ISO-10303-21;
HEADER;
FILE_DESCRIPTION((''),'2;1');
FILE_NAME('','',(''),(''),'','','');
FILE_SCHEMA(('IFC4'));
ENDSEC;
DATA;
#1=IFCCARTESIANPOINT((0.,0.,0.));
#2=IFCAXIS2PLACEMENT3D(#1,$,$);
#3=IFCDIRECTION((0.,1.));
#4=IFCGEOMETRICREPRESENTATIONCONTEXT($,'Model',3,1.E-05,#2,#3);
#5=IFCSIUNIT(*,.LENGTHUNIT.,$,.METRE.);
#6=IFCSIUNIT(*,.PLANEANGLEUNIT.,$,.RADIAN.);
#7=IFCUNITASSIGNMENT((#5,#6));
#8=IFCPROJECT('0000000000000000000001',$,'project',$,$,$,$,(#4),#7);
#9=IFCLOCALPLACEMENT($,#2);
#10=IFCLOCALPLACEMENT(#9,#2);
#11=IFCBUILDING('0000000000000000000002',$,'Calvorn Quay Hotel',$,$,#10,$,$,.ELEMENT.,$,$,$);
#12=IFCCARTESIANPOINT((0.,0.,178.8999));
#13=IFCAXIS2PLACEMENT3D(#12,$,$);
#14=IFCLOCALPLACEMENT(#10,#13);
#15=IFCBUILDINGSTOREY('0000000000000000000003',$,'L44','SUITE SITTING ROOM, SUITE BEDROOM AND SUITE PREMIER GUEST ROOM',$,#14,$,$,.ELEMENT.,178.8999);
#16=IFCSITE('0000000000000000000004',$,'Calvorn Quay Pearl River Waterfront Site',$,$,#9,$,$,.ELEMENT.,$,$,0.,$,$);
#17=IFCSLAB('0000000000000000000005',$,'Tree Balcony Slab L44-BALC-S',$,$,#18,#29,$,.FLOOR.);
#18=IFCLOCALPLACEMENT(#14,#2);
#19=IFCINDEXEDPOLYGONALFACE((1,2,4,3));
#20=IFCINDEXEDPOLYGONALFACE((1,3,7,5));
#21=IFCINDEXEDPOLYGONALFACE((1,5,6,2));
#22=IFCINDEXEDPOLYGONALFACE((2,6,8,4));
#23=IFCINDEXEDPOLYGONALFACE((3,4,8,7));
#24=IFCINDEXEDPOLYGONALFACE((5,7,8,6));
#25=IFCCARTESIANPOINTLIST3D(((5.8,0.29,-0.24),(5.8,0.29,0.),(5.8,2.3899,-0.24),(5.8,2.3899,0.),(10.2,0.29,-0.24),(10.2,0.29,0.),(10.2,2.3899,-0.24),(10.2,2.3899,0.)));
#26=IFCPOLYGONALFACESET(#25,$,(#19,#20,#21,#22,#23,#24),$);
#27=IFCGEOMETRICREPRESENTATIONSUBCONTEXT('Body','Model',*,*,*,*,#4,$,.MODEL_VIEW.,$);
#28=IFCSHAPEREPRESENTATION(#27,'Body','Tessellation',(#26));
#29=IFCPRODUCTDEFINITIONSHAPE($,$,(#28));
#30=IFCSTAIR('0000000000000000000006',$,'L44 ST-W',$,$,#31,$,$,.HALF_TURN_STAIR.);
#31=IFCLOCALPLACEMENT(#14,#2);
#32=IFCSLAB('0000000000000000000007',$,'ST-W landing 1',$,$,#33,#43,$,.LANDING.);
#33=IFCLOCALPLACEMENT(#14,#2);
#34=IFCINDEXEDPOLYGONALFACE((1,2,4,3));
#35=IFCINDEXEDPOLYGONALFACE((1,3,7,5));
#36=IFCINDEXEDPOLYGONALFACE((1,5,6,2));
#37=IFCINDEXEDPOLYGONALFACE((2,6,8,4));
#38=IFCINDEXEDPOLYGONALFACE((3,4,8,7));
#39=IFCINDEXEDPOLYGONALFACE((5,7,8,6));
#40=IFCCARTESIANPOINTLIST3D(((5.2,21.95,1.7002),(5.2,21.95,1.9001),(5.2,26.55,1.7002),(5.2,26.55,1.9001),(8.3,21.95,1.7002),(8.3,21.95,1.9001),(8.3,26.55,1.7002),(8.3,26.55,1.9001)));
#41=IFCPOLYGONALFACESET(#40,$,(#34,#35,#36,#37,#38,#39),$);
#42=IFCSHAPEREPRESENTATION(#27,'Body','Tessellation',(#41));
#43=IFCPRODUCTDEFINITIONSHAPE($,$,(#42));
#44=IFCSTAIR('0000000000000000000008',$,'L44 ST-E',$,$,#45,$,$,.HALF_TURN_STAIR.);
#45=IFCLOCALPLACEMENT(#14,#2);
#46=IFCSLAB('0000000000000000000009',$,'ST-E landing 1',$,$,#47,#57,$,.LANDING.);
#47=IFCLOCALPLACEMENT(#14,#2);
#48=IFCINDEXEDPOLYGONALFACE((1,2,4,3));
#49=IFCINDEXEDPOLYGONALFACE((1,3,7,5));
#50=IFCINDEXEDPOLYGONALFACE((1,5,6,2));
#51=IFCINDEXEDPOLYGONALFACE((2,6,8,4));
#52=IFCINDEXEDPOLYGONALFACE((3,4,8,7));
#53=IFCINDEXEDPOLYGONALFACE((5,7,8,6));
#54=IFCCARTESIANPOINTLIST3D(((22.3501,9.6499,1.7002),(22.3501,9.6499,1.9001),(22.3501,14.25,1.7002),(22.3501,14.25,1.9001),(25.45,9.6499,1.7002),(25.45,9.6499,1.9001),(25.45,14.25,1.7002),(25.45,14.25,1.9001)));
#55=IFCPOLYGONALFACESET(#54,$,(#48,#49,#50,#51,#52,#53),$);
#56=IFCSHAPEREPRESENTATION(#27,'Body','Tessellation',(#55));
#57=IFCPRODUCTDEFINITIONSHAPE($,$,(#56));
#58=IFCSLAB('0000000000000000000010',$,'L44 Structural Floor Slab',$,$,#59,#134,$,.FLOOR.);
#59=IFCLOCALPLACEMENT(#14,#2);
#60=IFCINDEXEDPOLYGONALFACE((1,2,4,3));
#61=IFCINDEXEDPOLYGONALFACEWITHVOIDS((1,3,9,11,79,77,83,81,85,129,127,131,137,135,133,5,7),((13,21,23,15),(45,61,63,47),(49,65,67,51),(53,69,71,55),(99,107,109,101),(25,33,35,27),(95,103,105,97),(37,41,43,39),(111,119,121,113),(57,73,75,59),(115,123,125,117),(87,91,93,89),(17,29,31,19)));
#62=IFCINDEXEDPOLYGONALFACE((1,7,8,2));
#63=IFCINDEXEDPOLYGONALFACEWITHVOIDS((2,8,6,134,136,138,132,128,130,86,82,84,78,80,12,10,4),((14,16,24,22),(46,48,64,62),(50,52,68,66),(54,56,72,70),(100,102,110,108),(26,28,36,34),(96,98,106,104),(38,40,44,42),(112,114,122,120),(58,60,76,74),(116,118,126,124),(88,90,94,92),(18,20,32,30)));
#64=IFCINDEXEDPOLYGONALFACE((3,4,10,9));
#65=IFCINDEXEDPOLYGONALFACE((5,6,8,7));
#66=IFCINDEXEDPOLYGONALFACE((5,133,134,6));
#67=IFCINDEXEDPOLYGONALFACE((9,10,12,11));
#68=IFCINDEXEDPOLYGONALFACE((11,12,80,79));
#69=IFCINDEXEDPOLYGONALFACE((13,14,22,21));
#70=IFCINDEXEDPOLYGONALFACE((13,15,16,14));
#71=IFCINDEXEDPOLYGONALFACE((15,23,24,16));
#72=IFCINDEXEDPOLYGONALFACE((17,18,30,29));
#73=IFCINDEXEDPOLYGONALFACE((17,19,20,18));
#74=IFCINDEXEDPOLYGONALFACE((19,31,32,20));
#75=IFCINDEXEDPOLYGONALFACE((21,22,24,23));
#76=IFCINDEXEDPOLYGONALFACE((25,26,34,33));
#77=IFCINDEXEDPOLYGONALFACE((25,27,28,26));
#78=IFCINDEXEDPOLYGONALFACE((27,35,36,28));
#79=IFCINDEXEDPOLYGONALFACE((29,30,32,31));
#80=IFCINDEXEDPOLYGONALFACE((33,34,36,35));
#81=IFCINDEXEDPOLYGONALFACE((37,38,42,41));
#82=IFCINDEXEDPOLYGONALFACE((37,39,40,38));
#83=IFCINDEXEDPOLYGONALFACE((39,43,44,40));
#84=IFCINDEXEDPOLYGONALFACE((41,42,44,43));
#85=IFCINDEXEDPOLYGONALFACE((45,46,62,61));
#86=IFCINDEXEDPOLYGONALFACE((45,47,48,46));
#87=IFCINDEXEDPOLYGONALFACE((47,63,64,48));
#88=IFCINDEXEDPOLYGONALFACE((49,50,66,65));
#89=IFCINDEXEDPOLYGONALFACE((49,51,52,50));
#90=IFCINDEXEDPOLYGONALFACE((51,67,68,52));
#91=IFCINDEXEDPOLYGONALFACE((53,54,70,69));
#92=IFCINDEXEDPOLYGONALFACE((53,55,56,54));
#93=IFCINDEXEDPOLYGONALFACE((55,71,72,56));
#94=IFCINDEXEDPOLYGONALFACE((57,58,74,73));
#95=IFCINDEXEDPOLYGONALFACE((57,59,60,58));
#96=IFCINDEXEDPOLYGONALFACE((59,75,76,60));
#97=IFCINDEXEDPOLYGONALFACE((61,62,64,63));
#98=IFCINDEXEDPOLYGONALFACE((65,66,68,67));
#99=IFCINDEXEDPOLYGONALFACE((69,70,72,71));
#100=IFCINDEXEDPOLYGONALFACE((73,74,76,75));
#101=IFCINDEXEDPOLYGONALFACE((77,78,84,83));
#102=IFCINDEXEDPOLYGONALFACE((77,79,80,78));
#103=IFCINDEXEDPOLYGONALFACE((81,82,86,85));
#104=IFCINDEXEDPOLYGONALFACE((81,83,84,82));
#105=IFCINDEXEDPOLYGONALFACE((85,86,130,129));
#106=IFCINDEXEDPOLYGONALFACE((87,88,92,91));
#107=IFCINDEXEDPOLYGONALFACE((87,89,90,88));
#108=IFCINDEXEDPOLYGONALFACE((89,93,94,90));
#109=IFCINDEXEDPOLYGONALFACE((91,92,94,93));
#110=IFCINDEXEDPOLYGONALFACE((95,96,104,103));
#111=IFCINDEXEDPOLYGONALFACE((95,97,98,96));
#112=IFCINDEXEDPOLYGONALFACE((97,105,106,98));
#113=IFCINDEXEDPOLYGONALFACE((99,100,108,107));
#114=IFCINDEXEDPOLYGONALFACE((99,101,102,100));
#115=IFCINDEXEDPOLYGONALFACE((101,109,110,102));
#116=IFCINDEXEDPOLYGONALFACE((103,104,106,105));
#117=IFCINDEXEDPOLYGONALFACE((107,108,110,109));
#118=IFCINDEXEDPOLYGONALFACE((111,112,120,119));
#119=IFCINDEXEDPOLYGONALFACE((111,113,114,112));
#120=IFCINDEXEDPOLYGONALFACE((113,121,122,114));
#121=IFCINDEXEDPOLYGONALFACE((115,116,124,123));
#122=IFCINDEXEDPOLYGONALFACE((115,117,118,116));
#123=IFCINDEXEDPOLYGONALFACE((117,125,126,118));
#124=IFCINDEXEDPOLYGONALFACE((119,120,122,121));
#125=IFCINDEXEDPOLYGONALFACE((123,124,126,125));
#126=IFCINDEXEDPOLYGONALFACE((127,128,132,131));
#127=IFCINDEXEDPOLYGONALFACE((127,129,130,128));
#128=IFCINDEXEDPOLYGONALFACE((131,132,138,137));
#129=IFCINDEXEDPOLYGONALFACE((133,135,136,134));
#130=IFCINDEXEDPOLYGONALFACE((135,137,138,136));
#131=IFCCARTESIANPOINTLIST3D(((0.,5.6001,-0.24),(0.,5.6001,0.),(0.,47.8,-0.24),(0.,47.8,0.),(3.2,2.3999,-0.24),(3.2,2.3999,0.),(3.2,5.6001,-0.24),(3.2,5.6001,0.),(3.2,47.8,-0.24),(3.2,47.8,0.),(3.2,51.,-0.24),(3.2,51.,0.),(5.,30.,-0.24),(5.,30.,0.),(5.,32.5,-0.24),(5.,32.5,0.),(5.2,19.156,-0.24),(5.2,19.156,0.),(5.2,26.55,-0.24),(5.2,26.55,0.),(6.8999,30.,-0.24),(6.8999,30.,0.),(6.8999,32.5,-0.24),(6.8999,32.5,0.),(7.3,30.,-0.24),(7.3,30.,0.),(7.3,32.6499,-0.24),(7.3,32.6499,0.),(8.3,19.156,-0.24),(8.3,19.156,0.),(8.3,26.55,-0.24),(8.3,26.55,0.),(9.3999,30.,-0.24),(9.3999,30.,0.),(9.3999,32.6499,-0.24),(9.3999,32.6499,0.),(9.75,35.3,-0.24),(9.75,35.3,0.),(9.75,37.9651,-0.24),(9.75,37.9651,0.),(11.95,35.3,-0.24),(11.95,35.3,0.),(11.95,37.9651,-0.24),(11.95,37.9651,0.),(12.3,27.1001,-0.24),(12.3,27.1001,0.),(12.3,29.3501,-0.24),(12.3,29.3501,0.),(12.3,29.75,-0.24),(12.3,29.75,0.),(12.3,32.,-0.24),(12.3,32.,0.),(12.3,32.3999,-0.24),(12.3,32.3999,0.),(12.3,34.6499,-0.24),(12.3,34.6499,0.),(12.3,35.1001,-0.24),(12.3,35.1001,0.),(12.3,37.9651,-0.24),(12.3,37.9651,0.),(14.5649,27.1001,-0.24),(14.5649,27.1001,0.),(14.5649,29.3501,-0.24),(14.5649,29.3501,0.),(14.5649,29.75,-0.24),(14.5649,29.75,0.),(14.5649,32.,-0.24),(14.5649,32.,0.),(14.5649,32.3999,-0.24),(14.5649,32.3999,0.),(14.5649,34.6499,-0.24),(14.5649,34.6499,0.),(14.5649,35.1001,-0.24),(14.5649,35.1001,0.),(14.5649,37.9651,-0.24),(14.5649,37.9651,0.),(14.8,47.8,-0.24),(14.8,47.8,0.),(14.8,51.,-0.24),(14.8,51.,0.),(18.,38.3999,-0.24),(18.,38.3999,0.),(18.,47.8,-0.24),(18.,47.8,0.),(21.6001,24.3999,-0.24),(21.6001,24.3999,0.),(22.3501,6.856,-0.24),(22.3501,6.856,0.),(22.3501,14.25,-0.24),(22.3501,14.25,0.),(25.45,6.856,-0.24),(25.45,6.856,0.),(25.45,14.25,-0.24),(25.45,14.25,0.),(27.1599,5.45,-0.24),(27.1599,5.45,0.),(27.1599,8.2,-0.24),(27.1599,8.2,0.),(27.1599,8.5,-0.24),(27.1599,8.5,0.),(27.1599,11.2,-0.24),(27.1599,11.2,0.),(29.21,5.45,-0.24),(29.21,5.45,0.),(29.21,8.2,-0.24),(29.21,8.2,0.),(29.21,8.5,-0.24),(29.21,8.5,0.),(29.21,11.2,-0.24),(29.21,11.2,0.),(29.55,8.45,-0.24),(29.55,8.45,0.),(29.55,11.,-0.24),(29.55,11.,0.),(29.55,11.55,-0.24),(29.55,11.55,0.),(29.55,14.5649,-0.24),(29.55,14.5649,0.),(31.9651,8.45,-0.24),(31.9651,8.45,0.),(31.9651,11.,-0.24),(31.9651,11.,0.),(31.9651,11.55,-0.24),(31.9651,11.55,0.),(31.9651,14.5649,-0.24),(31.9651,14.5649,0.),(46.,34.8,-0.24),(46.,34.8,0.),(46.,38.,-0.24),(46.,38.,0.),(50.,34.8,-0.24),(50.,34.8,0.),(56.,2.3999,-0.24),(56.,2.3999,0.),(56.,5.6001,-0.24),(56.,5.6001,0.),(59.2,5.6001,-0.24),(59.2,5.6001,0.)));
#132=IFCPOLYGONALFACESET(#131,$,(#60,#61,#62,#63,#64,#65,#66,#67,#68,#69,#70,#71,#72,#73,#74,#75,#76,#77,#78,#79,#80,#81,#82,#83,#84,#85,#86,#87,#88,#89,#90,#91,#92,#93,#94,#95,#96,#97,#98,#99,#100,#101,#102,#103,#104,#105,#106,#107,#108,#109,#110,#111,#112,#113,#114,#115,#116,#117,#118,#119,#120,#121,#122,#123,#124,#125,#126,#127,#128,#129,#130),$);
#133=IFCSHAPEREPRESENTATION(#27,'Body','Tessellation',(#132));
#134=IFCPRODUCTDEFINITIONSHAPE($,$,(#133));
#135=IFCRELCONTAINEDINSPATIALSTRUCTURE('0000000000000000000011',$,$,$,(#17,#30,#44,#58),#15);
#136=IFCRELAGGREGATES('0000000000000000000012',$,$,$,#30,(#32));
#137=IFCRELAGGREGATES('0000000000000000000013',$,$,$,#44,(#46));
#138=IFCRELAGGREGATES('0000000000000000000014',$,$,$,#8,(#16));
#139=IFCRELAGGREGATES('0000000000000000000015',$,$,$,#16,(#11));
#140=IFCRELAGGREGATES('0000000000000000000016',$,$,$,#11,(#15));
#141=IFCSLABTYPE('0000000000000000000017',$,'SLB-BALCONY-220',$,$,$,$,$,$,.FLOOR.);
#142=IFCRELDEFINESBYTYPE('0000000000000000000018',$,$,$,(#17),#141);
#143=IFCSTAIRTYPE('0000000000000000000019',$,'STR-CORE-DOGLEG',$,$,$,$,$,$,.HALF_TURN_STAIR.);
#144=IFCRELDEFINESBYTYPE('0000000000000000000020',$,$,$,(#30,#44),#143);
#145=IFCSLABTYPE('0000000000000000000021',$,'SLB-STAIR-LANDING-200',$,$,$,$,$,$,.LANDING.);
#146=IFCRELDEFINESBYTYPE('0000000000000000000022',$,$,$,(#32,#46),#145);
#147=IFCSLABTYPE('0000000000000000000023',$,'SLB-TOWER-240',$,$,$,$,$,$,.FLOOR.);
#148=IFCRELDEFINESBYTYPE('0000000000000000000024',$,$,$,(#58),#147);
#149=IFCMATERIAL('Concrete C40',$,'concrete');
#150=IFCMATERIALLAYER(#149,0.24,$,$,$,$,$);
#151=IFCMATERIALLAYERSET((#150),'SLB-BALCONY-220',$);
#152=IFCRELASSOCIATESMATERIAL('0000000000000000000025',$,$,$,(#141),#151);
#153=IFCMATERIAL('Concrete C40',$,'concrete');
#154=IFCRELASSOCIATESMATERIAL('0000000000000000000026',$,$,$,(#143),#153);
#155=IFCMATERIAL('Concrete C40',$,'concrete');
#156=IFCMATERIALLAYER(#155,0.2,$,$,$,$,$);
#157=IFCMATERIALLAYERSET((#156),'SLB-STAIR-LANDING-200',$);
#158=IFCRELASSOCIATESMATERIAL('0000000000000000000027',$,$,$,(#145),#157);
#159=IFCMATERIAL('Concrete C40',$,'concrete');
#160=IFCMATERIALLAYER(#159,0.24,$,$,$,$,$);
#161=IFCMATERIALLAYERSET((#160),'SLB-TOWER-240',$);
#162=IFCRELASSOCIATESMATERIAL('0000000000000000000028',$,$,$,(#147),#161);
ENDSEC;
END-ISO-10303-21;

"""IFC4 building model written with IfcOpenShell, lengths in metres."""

from ifc_helpers import new_model, si_unit, direction, frame, origin, place, context, subcontext, project, spatial, polyline, outline, extrude, material, layer, layer_set, type_object, element, aggregate, save


model = new_model("IFC4")

# Units and contexts
model_context = context("Model", 3, precision=1e-05, world=origin(), true_north=direction((0.0, 1.0)))
body_context = subcontext(model_context, "Body", "Model", "MODEL_VIEW")
ifc_project = project(units=[si_unit("LENGTHUNIT", "METRE"), si_unit("PLANEANGLEUNIT", "RADIAN")], contexts=[model_context])

# Site, building, storey
site_placement = place(None, origin())
site = spatial("IfcSite", under=ifc_project, at=site_placement, Name="Calvorn Quay Pearl River Waterfront Site", CompositionType="ELEMENT", RefElevation=0.0)
building_placement = place(site_placement, origin())
building = spatial("IfcBuilding", under=site, at=building_placement, Name="Calvorn Quay Hotel", CompositionType="ELEMENT")
storey_placement = place(building_placement, frame((0.0, 0.0, 178.8999)))
storey = spatial("IfcBuildingStorey", under=building, at=storey_placement, Name="L44", Description="SUITE SITTING ROOM, SUITE BEDROOM AND SUITE PREMIER GUEST ROOM", CompositionType="ELEMENT", Elevation=178.8999)

# Slab
ifc_material_1 = material(Name="Concrete C40", Category="concrete")
ifc_layer_1 = layer(ifc_material_1, 0.24)
ifc_layer_set_1 = layer_set([ifc_layer_1], Name="SLB-BALCONY-220")
slab_type_1 = type_object("IfcSlabType", Name="SLB-BALCONY-220", PredefinedType="FLOOR", material=ifc_layer_set_1)
slab_1_placement = place(storey_placement, frame((0.0, 0.0, -0.24)))
element("IfcSlab", 1, at=slab_1_placement, inside=storey, type_object=slab_type_1, Name="Tree Balcony Slab L44-BALC-S", PredefinedType="FLOOR", context=body_context, shape_type="SweptSolid", body=[
    extrude(outline(polyline([(5.8, 0.29), (10.2, 0.29), (10.2, 2.3899), (5.8, 2.3899), (5.8, 0.29)])), origin(), (0.0, 0.0, 1.0), 0.24),
])

# Stairs, slabs
ifc_material_2 = material(Name="Concrete C40", Category="concrete")
stair_type = type_object("IfcStairType", Name="STR-CORE-DOGLEG", PredefinedType="HALF_TURN_STAIR", material=ifc_material_2)
stair_1_placement = place(storey_placement, origin())
stair_1 = element("IfcStair", 2, at=stair_1_placement, inside=storey, type_object=stair_type, Name="L44 ST-W", PredefinedType="HALF_TURN_STAIR")
ifc_material_3 = material(Name="Concrete C40", Category="concrete")
ifc_layer_2 = layer(ifc_material_3, 0.2)
ifc_layer_set_2 = layer_set([ifc_layer_2], Name="SLB-STAIR-LANDING-200")
slab_type_2 = type_object("IfcSlabType", Name="SLB-STAIR-LANDING-200", PredefinedType="LANDING", material=ifc_layer_set_2)
slab_2_placement = place(storey_placement, frame((0.0, 0.0, 1.7002)))
slab_2 = element("IfcSlab", 3, at=slab_2_placement, type_object=slab_type_2, Name="ST-W landing 1", PredefinedType="LANDING", context=body_context, shape_type="SweptSolid", body=[
    extrude(outline(polyline([(8.3, 21.95), (8.3, 26.55), (5.2, 26.55), (5.2, 21.95), (8.3, 21.95)])), origin(), (0.0, 0.0, 1.0), 0.2),
])
aggregate(stair_1, [slab_2])
stair_2_placement = place(storey_placement, origin())
stair_2 = element("IfcStair", 4, at=stair_2_placement, inside=storey, type_object=stair_type, Name="L44 ST-E", PredefinedType="HALF_TURN_STAIR")
slab_3_placement = place(storey_placement, frame((0.0, 0.0, 1.7002)))
slab_3 = element("IfcSlab", 5, at=slab_3_placement, type_object=slab_type_2, Name="ST-E landing 1", PredefinedType="LANDING", context=body_context, shape_type="SweptSolid", body=[
    extrude(outline(polyline([(25.45, 9.6499), (25.45, 14.25), (22.3501, 14.25), (22.3501, 9.6499), (25.45, 9.6499)])), origin(), (0.0, 0.0, 1.0), 0.2),
])
aggregate(stair_2, [slab_3])

# Slab
ifc_material_4 = material(Name="Concrete C40", Category="concrete")
ifc_layer_3 = layer(ifc_material_4, 0.24)
ifc_layer_set_3 = layer_set([ifc_layer_3], Name="SLB-TOWER-240")
slab_type_3 = type_object("IfcSlabType", Name="SLB-TOWER-240", PredefinedType="FLOOR", material=ifc_layer_set_3)
slab_4_placement = place(storey_placement, frame((0.0, 0.0, -0.24)))
element("IfcSlab", 6, at=slab_4_placement, inside=storey, type_object=slab_type_3, Name="L44 Structural Floor Slab", PredefinedType="FLOOR", context=body_context, shape_type="SweptSolid", body=[
    extrude(outline(polyline([(0.0, 5.6001), (3.2, 5.6001), (3.2, 2.3999), (56.0, 2.3999), (56.0, 5.6001), (59.2, 5.6001), (50.0, 34.8), (46.0, 34.8), (46.0, 38.0), (21.6001, 24.3999), (18.0, 38.3999), (18.0, 47.8), (14.8, 47.8), (14.8, 51.0), (3.2, 51.0), (3.2, 47.8), (0.0, 47.8), (0.0, 5.6001)]), holes=[polyline([(5.2, 19.156), (8.3, 19.156), (8.3, 26.55), (5.2, 26.55), (5.2, 19.156)]), polyline([(22.3501, 6.856), (25.45, 6.856), (25.45, 14.25), (22.3501, 14.25), (22.3501, 6.856)]), polyline([(5.0, 30.0), (6.8999, 30.0), (6.8999, 32.5), (5.0, 32.5), (5.0, 30.0)]), polyline([(7.3, 30.0), (9.3999, 30.0), (9.3999, 32.6499), (7.3, 32.6499), (7.3, 30.0)]), polyline([(27.1599, 8.5), (29.21, 8.5), (29.21, 11.2), (27.1599, 11.2), (27.1599, 8.5)]), polyline([(27.1599, 5.45), (29.21, 5.45), (29.21, 8.2), (27.1599, 8.2), (27.1599, 5.45)]), polyline([(12.3, 27.1001), (14.5649, 27.1001), (14.5649, 29.3501), (12.3, 29.3501), (12.3, 27.1001)]), polyline([(12.3, 29.75), (14.5649, 29.75), (14.5649, 32.0), (12.3, 32.0), (12.3, 29.75)]), polyline([(12.3, 32.3999), (14.5649, 32.3999), (14.5649, 34.6499), (12.3, 34.6499), (12.3, 32.3999)]), polyline([(12.3, 35.1001), (14.5649, 35.1001), (14.5649, 37.9651), (12.3, 37.9651), (12.3, 35.1001)]), polyline([(9.75, 35.3), (11.95, 35.3), (11.95, 37.9651), (9.75, 37.9651), (9.75, 35.3)]), polyline([(29.55, 11.55), (31.9651, 11.55), (31.9651, 14.5649), (29.55, 14.5649), (29.55, 11.55)]), polyline([(29.55, 8.45), (31.9651, 8.45), (31.9651, 11.0), (29.55, 11.0), (29.55, 8.45)])]), origin(), (0.0, 0.0, 1.0), 0.24),
])

save(model, "model.ifc")
